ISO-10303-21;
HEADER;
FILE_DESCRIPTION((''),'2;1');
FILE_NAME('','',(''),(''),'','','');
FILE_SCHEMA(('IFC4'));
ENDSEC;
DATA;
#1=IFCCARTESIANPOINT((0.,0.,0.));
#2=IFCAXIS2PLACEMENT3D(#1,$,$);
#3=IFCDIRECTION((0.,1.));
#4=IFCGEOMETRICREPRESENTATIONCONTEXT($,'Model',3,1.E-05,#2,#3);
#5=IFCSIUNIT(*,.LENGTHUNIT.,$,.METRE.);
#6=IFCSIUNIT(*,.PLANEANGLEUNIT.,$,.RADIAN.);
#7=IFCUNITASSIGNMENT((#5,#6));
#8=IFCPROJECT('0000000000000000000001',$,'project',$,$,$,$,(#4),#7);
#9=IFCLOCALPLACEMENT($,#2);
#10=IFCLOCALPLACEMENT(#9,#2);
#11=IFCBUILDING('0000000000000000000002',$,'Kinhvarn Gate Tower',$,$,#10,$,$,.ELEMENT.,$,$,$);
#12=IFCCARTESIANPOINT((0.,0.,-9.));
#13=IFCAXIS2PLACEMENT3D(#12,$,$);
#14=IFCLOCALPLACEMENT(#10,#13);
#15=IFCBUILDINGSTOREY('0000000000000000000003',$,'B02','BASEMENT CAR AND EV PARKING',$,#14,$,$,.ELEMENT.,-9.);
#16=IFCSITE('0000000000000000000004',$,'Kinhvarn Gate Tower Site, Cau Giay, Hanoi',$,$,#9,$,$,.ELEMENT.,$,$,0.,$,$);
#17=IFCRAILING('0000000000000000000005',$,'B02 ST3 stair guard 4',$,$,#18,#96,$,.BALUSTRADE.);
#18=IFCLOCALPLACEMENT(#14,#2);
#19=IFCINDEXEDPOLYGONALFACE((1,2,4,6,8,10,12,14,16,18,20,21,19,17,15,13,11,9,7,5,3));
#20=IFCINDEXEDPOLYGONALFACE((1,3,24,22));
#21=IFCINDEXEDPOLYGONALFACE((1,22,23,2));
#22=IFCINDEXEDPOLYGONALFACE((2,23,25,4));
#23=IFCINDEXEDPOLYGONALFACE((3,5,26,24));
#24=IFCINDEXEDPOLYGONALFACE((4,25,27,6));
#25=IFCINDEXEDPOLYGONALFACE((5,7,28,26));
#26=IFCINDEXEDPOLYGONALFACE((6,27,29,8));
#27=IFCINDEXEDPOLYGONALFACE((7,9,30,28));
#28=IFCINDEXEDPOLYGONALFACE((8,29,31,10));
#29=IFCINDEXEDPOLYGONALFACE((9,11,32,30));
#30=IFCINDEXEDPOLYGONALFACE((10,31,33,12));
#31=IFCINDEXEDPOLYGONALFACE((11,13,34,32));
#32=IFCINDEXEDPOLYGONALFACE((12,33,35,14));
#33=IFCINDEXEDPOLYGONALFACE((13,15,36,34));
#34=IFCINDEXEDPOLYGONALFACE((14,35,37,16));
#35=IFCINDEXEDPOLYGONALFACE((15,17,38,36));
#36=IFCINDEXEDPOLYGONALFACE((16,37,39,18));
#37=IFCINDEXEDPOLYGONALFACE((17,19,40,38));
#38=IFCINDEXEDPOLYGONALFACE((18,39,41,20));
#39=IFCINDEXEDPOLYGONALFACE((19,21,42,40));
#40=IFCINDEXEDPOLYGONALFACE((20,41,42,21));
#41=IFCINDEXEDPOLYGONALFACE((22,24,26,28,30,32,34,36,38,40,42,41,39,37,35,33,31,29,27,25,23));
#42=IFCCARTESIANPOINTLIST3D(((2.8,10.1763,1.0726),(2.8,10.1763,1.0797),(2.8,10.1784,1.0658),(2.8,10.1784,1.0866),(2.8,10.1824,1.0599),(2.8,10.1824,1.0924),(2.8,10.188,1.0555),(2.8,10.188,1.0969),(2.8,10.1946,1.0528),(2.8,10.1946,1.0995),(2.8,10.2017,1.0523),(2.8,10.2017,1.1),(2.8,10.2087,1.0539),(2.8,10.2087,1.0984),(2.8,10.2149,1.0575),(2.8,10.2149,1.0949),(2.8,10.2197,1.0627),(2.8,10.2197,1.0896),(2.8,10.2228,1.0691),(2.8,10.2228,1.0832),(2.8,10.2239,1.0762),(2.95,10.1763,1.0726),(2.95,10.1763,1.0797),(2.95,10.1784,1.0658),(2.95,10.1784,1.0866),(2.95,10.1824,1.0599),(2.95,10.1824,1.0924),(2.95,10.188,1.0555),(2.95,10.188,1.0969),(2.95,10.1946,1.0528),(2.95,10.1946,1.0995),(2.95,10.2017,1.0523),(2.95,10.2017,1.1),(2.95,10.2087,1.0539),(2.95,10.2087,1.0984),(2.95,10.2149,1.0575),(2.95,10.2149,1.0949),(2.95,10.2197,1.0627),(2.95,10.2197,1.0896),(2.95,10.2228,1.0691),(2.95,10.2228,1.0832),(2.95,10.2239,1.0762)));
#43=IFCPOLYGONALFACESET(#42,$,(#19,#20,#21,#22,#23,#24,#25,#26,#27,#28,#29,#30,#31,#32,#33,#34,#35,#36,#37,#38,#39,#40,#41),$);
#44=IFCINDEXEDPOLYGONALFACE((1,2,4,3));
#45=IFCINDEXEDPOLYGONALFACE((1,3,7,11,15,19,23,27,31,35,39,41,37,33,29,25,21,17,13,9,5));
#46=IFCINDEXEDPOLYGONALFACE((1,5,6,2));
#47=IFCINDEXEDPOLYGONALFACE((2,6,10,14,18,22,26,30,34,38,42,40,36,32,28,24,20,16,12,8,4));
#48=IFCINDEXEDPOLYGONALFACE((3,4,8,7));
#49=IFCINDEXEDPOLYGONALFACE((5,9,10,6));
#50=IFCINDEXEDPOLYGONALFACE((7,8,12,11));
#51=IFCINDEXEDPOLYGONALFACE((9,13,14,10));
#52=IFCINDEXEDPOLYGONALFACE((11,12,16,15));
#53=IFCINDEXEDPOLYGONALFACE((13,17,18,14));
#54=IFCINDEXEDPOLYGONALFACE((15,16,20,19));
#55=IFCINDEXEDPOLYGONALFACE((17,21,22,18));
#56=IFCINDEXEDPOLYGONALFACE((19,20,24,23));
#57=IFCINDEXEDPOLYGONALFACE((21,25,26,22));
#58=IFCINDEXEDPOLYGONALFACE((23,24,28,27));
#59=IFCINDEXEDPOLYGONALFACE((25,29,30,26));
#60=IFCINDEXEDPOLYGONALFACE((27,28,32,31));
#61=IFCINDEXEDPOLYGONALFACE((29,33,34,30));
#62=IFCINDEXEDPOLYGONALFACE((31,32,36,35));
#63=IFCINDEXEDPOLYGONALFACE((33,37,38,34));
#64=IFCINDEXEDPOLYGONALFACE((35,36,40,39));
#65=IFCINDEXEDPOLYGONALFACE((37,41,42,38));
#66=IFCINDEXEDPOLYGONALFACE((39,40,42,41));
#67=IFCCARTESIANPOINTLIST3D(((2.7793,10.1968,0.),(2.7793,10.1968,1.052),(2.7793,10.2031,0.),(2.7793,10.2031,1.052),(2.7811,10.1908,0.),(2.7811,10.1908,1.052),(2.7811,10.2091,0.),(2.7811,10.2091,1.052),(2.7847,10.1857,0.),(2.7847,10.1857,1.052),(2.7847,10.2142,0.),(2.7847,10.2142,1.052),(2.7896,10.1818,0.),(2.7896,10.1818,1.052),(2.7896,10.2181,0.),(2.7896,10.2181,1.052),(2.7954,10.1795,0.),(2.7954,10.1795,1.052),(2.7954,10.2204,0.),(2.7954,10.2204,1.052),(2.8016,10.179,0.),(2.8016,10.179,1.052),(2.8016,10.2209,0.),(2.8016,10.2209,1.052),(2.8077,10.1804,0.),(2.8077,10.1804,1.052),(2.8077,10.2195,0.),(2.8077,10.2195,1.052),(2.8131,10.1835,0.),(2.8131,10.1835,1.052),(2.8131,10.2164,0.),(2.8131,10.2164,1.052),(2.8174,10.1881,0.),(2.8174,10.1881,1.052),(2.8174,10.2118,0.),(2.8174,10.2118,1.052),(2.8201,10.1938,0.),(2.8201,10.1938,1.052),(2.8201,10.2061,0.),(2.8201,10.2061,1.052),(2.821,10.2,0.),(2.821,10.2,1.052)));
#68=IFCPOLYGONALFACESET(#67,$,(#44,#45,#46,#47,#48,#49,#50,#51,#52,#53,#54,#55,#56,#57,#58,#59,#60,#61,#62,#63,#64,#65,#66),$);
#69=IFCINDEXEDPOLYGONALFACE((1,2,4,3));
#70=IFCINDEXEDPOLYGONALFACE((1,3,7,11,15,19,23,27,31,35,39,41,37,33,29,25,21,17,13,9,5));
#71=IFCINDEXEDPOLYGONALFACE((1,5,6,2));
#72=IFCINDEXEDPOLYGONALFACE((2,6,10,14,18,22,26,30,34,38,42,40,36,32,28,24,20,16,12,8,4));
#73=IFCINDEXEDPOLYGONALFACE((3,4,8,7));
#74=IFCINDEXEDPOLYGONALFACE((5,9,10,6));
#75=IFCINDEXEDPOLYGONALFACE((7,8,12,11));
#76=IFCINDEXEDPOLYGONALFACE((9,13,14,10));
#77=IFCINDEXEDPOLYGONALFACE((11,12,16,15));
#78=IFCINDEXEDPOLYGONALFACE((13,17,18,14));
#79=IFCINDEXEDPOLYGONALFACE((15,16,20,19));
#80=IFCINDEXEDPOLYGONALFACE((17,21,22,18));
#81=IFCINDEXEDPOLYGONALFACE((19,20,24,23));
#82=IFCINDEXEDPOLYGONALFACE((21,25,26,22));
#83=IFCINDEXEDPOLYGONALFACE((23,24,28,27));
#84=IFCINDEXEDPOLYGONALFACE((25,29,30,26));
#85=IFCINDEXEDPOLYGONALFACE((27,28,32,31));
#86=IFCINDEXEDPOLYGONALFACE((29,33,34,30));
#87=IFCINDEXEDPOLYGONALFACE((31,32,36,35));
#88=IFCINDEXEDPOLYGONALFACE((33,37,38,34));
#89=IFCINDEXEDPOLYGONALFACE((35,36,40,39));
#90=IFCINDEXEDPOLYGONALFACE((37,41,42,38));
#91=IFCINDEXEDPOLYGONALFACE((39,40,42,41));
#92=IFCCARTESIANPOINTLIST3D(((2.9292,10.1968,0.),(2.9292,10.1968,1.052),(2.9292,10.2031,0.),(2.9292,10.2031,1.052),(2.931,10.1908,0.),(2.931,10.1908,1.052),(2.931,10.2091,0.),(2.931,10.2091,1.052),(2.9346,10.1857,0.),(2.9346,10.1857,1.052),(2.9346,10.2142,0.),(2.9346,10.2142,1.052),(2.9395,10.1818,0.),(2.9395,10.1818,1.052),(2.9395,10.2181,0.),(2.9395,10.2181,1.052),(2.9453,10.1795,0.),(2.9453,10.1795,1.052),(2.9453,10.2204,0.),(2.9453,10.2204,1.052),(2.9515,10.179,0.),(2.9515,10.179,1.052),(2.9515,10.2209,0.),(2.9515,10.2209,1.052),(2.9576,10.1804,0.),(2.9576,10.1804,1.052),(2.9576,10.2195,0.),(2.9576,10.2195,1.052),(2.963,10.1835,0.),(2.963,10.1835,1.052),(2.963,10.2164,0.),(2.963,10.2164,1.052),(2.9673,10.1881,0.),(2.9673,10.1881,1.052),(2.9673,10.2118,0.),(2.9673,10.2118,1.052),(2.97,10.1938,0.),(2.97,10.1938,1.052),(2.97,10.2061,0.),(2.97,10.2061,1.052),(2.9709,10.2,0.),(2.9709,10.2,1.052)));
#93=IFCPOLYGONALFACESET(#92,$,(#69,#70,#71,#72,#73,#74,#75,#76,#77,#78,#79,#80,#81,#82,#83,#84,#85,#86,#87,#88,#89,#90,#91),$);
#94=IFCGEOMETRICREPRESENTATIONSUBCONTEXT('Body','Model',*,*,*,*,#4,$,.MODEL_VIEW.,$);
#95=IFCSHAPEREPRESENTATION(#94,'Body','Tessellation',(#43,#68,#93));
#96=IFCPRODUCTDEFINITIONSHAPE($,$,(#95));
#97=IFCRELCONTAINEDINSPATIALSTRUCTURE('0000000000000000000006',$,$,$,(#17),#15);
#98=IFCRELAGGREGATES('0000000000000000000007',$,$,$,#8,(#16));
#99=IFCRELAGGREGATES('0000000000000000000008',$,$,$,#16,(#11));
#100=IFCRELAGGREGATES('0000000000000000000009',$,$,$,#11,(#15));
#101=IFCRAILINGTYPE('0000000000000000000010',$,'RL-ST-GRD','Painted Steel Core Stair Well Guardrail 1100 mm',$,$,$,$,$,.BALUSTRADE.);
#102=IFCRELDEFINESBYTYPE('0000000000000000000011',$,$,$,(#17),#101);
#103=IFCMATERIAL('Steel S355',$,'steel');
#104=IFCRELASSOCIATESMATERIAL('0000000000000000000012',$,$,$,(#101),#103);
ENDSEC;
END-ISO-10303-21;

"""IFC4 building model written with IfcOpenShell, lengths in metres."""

from ifc_helpers import new_model, si_unit, direction, frame, origin, origin_2d, place, context, subcontext, project, spatial, circle, extrude, material, type_object, element, save


model = new_model("IFC4")

# Units and contexts
model_context = context("Model", 3, precision=1e-05, world=origin(), true_north=direction((0.0, 1.0)))
body_context = subcontext(model_context, "Body", "Model", "MODEL_VIEW")
ifc_project = project(units=[si_unit("LENGTHUNIT", "METRE"), si_unit("PLANEANGLEUNIT", "RADIAN")], contexts=[model_context])

# Site, building, storey
site_placement = place(None, origin())
site = spatial("IfcSite", under=ifc_project, at=site_placement, Name="Kinhvarn Gate Tower Site, Cau Giay, Hanoi", CompositionType="ELEMENT", RefElevation=0.0)
building_placement = place(site_placement, origin())
building = spatial("IfcBuilding", under=site, at=building_placement, Name="Kinhvarn Gate Tower", CompositionType="ELEMENT")
storey_placement = place(building_placement, frame((0.0, 0.0, -9.0)))
storey = spatial("IfcBuildingStorey", under=building, at=storey_placement, Name="B02", Description="BASEMENT CAR AND EV PARKING", CompositionType="ELEMENT", Elevation=-9.0)

# Shared definitions
ifc_material_1 = material(Name="Steel S355", Category="steel")

# Railing
railing_type_1 = type_object("IfcRailingType", Name="RL-ST-GRD", Description="Painted Steel Core Stair Well Guardrail 1100 mm", PredefinedType="BALUSTRADE", material=ifc_material_1)
railing_1_placement = place(storey_placement, frame((2.8, 10.2, 0.0)))
element("IfcRailing", 1, at=railing_1_placement, inside=storey, type_object=railing_type_1, Name="B02 ST3 stair guard 4", PredefinedType="BALUSTRADE", context=body_context, shape_type="SweptSolid", body=[
    extrude(circle(Radius=0.0239, at=origin_2d()), frame((0.0, 0.0, 1.0762), z_axis=(1.0, 0.0, 0.0), x_axis=(0.0, 1.0, 0.0)), (0.0, 0.0, 1.0), 0.1499),
    extrude(circle(Radius=0.021, at=origin_2d()), origin(), (0.0, 0.0, 1.0), 1.052),
    extrude(circle(Radius=0.021, at=origin_2d()), frame((0.1499, 0.0, 0.0)), (0.0, 0.0, 1.0), 1.052),
])

save(model, "model.ifc")
